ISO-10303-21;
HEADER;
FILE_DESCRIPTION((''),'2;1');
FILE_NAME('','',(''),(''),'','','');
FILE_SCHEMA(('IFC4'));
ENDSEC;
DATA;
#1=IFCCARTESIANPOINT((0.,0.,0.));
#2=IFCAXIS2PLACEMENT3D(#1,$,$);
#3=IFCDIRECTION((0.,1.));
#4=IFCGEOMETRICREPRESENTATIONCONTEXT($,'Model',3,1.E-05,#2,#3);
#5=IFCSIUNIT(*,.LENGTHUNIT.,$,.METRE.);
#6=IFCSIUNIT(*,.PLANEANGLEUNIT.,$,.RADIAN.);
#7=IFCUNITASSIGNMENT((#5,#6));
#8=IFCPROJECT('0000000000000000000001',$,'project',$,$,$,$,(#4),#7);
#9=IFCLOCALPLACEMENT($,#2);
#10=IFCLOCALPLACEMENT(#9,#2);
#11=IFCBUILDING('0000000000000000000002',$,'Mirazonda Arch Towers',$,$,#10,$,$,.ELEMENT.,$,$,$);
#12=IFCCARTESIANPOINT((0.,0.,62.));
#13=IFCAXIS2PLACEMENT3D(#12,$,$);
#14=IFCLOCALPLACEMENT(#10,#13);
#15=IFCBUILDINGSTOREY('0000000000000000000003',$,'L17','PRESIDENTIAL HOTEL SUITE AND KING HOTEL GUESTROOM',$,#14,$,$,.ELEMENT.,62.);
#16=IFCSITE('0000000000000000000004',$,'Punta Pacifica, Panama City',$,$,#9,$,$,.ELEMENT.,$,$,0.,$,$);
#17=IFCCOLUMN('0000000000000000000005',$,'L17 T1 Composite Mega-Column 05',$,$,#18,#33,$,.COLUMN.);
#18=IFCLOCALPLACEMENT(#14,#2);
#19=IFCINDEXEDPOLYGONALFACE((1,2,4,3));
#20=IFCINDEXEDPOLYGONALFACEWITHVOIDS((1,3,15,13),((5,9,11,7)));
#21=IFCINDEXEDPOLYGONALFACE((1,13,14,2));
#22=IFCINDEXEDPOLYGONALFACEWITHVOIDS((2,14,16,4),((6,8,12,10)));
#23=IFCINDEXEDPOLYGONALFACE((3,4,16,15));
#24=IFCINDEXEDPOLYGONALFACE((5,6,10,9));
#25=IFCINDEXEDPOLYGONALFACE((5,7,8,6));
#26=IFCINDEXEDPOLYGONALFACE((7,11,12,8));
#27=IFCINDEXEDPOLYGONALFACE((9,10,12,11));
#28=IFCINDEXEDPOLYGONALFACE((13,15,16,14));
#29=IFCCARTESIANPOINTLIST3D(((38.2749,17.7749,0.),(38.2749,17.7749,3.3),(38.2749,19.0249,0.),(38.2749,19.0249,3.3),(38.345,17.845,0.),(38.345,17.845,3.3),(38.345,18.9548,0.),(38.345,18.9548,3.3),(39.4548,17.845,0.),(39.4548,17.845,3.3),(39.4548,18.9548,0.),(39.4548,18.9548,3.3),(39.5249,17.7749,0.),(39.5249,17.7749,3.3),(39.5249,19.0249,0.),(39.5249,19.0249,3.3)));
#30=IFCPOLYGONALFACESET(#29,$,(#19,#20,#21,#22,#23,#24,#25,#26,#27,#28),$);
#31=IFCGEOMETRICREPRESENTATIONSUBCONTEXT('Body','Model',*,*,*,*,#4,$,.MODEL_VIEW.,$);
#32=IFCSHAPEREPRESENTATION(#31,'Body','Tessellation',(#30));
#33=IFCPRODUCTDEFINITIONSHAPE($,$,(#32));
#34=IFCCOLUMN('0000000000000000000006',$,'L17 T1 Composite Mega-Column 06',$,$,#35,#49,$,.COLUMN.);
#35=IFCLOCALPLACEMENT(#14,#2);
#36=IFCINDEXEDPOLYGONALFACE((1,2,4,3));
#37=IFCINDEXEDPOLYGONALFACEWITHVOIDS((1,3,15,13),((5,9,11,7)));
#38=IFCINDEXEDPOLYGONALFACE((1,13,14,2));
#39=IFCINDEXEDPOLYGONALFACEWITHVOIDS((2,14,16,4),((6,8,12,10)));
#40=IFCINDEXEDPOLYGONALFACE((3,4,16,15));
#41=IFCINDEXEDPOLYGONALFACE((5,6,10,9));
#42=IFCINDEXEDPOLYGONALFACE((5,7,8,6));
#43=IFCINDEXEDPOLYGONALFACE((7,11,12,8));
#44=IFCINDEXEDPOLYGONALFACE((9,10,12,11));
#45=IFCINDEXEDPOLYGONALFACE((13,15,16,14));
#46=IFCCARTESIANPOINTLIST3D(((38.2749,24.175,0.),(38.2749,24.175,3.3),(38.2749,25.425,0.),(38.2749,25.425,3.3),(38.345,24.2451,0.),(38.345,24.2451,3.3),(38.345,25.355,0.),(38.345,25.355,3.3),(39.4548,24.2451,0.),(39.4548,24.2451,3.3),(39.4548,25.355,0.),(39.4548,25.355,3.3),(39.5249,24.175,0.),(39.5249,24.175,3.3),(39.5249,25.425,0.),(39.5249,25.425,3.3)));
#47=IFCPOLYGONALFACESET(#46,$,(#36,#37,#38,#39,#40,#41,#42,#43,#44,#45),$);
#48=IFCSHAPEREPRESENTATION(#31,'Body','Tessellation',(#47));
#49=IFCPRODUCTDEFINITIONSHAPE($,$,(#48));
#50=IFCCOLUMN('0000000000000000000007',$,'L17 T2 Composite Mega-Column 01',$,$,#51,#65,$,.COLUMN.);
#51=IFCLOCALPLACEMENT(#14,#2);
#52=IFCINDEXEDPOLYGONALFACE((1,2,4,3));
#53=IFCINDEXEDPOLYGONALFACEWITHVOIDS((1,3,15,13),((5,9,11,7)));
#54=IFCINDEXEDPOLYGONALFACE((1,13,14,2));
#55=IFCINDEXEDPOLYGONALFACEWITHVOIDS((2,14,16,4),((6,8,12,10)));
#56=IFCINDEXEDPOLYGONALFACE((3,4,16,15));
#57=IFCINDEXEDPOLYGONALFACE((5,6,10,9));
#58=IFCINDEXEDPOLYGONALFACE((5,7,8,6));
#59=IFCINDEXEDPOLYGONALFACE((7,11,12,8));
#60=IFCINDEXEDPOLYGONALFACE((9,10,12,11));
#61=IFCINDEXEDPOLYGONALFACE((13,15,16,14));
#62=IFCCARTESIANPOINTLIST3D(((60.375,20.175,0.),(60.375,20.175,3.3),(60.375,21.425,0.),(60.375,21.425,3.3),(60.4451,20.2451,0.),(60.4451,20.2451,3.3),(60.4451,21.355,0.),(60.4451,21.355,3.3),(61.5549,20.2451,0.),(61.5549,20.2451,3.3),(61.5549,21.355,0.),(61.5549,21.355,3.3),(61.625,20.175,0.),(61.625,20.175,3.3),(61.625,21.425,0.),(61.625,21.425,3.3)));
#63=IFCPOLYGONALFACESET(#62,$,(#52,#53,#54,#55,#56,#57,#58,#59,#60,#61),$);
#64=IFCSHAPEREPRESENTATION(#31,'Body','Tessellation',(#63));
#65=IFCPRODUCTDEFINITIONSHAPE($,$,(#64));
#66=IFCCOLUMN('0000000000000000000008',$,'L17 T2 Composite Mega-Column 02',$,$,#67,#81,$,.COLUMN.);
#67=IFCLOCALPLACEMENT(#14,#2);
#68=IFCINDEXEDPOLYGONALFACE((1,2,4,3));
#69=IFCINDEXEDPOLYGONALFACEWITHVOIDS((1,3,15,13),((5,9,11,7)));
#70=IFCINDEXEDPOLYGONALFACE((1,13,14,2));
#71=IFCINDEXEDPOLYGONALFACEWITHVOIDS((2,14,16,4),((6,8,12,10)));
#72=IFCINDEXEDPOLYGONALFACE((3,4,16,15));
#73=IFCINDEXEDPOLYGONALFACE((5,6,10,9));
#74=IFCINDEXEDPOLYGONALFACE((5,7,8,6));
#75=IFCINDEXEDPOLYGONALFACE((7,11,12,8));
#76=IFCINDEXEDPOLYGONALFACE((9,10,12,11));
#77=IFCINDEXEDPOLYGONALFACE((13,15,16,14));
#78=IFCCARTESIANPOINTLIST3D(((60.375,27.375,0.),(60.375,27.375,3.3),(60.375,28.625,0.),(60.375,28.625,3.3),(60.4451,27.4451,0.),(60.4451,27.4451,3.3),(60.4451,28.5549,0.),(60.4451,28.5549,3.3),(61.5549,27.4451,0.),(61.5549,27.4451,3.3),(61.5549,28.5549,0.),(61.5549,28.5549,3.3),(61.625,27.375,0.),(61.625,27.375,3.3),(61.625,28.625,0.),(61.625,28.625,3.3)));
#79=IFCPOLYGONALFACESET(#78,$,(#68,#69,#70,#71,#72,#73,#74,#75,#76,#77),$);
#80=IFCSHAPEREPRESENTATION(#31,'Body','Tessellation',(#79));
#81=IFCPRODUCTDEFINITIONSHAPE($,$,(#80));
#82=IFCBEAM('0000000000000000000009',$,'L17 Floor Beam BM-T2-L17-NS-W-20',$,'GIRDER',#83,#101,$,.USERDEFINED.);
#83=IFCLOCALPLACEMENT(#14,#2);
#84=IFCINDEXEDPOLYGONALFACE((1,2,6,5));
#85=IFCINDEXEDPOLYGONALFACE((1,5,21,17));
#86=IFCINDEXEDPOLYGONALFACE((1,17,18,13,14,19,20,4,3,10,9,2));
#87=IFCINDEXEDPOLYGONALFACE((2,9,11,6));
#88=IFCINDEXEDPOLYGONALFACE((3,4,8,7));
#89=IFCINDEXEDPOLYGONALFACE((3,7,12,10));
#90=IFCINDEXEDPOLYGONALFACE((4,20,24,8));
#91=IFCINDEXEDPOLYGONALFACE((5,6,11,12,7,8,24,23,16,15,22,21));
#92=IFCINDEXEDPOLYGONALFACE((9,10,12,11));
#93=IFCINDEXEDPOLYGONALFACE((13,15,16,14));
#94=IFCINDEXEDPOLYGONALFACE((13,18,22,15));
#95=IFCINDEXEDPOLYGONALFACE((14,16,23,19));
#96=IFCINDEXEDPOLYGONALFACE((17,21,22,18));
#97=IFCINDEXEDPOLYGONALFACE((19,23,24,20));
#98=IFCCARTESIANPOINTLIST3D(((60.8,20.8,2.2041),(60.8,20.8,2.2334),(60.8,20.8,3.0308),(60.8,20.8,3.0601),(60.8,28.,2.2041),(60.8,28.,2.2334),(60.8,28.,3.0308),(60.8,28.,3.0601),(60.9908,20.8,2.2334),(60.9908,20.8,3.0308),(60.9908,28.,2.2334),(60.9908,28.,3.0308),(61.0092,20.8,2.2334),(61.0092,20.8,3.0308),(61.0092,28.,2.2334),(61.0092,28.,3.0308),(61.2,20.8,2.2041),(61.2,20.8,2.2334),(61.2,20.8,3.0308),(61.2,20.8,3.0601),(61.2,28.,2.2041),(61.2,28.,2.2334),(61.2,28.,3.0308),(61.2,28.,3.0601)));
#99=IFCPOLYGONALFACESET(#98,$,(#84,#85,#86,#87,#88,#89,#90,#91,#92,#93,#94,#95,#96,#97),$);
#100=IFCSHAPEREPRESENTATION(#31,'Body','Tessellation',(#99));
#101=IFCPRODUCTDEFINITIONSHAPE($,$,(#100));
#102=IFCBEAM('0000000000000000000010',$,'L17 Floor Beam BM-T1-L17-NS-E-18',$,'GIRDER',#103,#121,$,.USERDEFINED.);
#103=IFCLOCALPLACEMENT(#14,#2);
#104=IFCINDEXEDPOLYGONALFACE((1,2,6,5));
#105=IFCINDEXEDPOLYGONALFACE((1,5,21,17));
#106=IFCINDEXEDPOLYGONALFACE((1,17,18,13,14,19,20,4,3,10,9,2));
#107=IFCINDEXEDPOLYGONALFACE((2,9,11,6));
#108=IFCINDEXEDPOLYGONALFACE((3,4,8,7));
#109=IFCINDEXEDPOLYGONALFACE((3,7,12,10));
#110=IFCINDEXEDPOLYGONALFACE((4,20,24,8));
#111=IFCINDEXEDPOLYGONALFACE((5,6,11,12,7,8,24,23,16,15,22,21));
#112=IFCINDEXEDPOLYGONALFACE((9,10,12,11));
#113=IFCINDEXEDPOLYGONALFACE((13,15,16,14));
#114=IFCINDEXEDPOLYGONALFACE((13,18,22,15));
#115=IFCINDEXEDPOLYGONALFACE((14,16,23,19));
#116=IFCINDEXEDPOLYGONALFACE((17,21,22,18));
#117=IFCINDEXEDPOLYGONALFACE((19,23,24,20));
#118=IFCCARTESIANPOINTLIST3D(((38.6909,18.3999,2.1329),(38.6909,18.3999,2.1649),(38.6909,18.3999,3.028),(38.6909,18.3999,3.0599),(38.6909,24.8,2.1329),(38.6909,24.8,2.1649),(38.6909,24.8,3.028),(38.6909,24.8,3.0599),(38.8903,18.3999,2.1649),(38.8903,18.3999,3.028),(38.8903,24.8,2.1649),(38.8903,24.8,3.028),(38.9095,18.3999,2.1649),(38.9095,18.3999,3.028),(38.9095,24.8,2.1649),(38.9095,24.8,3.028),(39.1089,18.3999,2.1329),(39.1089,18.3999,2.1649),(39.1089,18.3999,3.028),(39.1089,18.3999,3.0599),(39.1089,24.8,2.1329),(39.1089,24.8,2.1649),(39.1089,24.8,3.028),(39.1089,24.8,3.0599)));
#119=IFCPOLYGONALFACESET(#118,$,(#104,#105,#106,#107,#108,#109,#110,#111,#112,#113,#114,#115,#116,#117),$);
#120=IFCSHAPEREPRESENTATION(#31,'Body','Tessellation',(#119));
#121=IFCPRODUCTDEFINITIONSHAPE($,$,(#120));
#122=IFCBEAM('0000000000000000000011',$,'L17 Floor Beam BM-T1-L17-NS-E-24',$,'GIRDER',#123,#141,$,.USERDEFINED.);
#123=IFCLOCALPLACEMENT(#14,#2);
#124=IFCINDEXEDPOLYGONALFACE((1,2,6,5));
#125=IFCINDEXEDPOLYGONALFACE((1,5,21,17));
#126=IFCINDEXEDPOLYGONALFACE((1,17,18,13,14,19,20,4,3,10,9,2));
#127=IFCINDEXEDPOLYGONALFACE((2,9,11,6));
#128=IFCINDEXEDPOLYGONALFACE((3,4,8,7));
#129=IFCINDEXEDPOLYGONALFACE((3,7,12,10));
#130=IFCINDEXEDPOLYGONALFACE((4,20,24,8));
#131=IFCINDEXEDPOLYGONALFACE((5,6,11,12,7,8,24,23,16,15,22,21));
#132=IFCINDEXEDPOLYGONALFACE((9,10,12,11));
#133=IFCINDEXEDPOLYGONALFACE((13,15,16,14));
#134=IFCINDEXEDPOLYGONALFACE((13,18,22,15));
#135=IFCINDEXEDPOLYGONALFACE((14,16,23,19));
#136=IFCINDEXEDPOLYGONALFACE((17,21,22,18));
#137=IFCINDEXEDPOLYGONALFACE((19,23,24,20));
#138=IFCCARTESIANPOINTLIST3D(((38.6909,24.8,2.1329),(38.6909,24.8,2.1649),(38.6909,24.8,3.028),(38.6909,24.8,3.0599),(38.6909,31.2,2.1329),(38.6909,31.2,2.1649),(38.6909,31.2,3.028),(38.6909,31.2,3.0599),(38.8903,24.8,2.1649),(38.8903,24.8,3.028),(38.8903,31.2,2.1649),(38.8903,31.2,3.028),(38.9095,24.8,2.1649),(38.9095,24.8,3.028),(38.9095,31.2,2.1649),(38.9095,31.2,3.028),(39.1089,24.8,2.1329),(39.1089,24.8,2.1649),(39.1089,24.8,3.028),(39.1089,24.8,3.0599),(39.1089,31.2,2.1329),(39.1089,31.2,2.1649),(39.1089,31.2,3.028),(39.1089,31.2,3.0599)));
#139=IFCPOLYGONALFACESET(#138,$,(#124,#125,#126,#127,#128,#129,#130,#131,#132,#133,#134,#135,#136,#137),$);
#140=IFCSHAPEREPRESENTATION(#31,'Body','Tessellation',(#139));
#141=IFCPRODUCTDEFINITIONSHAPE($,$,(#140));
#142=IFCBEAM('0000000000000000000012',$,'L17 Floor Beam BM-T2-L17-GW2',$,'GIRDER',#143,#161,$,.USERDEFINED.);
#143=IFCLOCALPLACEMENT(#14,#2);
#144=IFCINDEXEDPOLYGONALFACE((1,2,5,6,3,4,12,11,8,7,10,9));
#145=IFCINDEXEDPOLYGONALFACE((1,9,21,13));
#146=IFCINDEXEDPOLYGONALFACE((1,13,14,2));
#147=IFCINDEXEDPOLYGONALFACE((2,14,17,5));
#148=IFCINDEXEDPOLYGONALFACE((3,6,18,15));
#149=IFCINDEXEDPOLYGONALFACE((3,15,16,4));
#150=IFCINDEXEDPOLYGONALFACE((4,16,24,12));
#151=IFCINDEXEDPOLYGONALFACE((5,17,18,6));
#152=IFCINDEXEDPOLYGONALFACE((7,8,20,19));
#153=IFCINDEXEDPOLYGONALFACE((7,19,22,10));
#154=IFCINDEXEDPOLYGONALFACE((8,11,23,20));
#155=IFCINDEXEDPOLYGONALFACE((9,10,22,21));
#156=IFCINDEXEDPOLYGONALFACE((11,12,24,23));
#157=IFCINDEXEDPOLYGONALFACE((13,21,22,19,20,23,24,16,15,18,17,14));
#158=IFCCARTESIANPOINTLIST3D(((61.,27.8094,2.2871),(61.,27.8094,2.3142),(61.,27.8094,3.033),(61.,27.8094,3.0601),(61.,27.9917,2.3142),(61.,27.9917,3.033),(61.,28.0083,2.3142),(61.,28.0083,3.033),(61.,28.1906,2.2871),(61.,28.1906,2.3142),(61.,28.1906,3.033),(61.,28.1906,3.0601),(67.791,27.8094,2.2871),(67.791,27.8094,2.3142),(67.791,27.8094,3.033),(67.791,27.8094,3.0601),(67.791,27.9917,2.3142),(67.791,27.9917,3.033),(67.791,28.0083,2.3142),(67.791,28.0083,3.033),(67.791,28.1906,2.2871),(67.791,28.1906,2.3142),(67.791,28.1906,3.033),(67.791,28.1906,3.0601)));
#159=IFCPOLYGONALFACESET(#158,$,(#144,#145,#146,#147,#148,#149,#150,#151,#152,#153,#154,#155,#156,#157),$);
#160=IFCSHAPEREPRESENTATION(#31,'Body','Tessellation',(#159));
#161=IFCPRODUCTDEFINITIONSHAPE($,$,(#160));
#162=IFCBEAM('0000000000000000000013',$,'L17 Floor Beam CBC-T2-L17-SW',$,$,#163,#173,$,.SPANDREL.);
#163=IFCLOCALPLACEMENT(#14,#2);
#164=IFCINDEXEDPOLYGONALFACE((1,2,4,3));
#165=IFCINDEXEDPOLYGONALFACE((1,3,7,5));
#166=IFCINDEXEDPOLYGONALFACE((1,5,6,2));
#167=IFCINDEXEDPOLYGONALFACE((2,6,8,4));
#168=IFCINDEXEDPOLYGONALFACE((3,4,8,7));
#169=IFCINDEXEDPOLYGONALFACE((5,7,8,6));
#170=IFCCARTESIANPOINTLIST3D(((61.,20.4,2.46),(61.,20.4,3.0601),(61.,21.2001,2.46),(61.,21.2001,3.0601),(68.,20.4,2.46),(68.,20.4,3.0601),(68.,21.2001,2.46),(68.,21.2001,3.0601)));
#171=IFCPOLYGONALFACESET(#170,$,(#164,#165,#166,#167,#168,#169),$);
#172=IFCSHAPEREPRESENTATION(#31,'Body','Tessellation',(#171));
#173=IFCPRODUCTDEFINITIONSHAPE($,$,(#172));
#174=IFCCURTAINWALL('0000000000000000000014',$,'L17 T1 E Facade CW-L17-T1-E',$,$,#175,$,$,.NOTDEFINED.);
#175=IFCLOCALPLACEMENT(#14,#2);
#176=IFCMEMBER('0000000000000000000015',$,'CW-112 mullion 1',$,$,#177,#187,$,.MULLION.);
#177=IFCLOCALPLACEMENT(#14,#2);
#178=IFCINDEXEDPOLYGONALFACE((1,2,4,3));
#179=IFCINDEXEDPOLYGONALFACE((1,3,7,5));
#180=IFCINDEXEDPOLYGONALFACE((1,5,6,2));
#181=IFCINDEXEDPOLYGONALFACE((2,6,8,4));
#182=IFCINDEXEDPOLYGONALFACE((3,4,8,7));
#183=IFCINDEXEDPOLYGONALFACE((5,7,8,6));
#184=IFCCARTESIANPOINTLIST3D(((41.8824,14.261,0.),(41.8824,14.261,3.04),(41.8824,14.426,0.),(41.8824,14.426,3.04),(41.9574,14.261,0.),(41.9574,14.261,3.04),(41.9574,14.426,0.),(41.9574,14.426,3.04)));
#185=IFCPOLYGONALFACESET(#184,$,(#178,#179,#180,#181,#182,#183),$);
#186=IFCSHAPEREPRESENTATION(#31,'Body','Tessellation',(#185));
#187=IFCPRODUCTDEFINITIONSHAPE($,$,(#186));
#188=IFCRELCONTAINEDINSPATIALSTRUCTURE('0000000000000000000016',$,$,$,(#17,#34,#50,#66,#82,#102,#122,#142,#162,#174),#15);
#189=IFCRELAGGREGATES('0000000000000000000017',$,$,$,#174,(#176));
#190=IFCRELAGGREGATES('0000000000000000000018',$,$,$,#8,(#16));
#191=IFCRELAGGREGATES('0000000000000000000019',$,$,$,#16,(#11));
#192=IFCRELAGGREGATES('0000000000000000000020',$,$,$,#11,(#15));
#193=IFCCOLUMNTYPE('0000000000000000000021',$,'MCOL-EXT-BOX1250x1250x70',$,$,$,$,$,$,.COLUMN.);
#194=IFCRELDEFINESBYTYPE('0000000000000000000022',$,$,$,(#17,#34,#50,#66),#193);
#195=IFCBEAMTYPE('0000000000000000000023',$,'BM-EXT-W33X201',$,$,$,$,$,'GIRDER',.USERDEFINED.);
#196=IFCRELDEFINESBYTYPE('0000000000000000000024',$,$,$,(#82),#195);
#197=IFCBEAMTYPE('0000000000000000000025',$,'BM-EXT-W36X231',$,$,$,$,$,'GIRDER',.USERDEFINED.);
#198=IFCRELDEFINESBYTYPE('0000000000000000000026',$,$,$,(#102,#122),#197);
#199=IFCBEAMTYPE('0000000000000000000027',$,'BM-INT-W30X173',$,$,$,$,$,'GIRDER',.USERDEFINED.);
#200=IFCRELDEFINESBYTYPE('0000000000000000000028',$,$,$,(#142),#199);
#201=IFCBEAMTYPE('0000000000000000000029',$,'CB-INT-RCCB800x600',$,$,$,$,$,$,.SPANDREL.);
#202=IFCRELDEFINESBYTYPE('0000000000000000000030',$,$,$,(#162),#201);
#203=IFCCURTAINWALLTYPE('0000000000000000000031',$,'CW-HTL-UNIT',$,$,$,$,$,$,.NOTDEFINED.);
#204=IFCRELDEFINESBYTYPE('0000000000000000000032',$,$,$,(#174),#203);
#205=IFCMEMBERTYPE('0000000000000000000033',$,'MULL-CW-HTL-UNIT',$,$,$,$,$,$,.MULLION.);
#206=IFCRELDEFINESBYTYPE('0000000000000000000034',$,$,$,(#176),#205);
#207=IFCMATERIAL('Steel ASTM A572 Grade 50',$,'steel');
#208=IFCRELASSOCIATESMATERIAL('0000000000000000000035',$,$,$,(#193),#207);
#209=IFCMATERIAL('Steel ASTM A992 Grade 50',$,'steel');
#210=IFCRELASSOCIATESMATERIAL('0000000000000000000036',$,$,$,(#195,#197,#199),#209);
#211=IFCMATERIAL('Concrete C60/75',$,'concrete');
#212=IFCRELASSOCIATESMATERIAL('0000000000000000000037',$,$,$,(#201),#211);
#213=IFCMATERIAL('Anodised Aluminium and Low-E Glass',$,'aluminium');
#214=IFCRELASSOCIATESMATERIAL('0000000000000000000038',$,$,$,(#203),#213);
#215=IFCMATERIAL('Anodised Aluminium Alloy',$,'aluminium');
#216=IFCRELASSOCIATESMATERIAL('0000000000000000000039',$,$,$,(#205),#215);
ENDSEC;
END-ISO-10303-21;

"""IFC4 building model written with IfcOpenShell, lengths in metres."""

from ifc_helpers import new_model, si_unit, direction, frame, origin, origin_2d, place, context, subcontext, project, spatial, rectangle, hollow_rectangle, i_section, extrude, material, material_profile, profile_set, type_object, element, aggregate, save


model = new_model("IFC4")

# Units and contexts
model_context = context("Model", 3, precision=1e-05, world=origin(), true_north=direction((0.0, 1.0)))
body_context = subcontext(model_context, "Body", "Model", "MODEL_VIEW")
ifc_project = project(units=[si_unit("LENGTHUNIT", "METRE"), si_unit("PLANEANGLEUNIT", "RADIAN")], contexts=[model_context])

# Site, building, storey
site_placement = place(None, origin())
site = spatial("IfcSite", under=ifc_project, at=site_placement, Name="Punta Pacifica, Panama City", CompositionType="ELEMENT", RefElevation=0.0)
building_placement = place(site_placement, origin())
building = spatial("IfcBuilding", under=site, at=building_placement, Name="Mirazonda Arch Towers", CompositionType="ELEMENT")
storey_placement = place(building_placement, frame((0.0, 0.0, 62.0)))
storey = spatial("IfcBuildingStorey", under=building, at=storey_placement, Name="L17", Description="PRESIDENTIAL HOTEL SUITE AND KING HOTEL GUESTROOM", CompositionType="ELEMENT", Elevation=62.0)

# Columns
ifc_material_1 = material(Name="Steel ASTM A572 Grade 50", Category="steel")
ifc_material_profile_1 = material_profile(ifc_material_1, hollow_rectangle(XDim=1.25, YDim=1.25, WallThickness=0.0701, at=origin_2d()), Name="BOX1250x1250x70")
ifc_profile_set_1 = profile_set([ifc_material_profile_1], Name="Steel ASTM A572 Grade 50")
column_type = type_object("IfcColumnType", Name="MCOL-EXT-BOX1250x1250x70", PredefinedType="COLUMN", material=ifc_profile_set_1)
for number, where, z_axis, x_axis, name in (
    (1, (38.8999, 18.3999, 0.0), (0.0, 0.0, 1.0), (1.0, 0.0, 0.0), "L17 T1 Composite Mega-Column 05"),
    (2, (38.8999, 24.8, 0.0), (0.0, 0.0, 1.0), (1.0, 0.0, 0.0), "L17 T1 Composite Mega-Column 06"),
    (3, (61.0, 20.8, 0.0), (0.0, 0.0, 1.0), (1.0, 0.0, 0.0), "L17 T2 Composite Mega-Column 01"),
    (4, (61.0, 28.0, 0.0), (0.0, 0.0, 1.0), (1.0, 0.0, 0.0), "L17 T2 Composite Mega-Column 02"),
):
    element("IfcColumn", number, at=place(storey_placement, frame(where, z_axis=z_axis, x_axis=x_axis)), inside=storey, type_object=column_type, Name=name, PredefinedType="COLUMN", context=body_context, shape_type="SweptSolid", body=[
        extrude(hollow_rectangle(XDim=1.25, YDim=1.25, WallThickness=0.0701, at=origin_2d()), origin(), (0.0, 0.0, 1.0), 3.3),
    ])

# Beams
ifc_material_2 = material(Name="Steel ASTM A992 Grade 50", Category="steel")
ifc_material_profile_2 = material_profile(ifc_material_2, i_section(OverallWidth=0.3999, OverallDepth=0.856, WebThickness=0.0183, FlangeThickness=0.0293, at=origin_2d()), Name="W33X201")
ifc_profile_set_2 = profile_set([ifc_material_profile_2], Name="Steel ASTM A992 Grade 50")
beam_type_1 = type_object("IfcBeamType", Name="BM-EXT-W33X201", ElementType="GIRDER", PredefinedType="USERDEFINED", material=ifc_profile_set_2)
beam_1_placement = place(storey_placement, frame((61.0, 20.8, 2.6321), z_axis=(0.0, 1.0, 0.0), x_axis=(-1.0, 0.0, 0.0)))
element("IfcBeam", 5, at=beam_1_placement, inside=storey, type_object=beam_type_1, Name="L17 Floor Beam BM-T2-L17-NS-W-20", ObjectType="GIRDER", PredefinedType="USERDEFINED", context=body_context, shape_type="SweptSolid", body=[
    extrude(i_section(OverallWidth=0.3999, OverallDepth=0.856, WebThickness=0.0183, FlangeThickness=0.0293, at=origin_2d()), origin(), (0.0, 0.0, 1.0), 7.2),
])
ifc_material_profile_3 = material_profile(ifc_material_2, i_section(OverallWidth=0.418, OverallDepth=0.927, WebThickness=0.0193, FlangeThickness=0.032, at=origin_2d()), Name="W36X231")
ifc_profile_set_3 = profile_set([ifc_material_profile_3], Name="Steel ASTM A992 Grade 50")
beam_type_2 = type_object("IfcBeamType", Name="BM-EXT-W36X231", ElementType="GIRDER", PredefinedType="USERDEFINED", material=ifc_profile_set_3)
beam_2_placement = place(storey_placement, frame((38.8999, 18.3999, 2.5964), z_axis=(0.0, 1.0, 0.0), x_axis=(-1.0, 0.0, 0.0)))
element("IfcBeam", 6, at=beam_2_placement, inside=storey, type_object=beam_type_2, Name="L17 Floor Beam BM-T1-L17-NS-E-18", ObjectType="GIRDER", PredefinedType="USERDEFINED", context=body_context, shape_type="SweptSolid", body=[
    extrude(i_section(OverallWidth=0.418, OverallDepth=0.927, WebThickness=0.0193, FlangeThickness=0.032, at=origin_2d()), origin(), (0.0, 0.0, 1.0), 6.4001),
])
beam_3_placement = place(storey_placement, frame((38.8999, 24.8, 2.5964), z_axis=(0.0, 1.0, 0.0), x_axis=(-1.0, 0.0, 0.0)))
element("IfcBeam", 7, at=beam_3_placement, inside=storey, type_object=beam_type_2, Name="L17 Floor Beam BM-T1-L17-NS-E-24", ObjectType="GIRDER", PredefinedType="USERDEFINED", context=body_context, shape_type="SweptSolid", body=[
    extrude(i_section(OverallWidth=0.418, OverallDepth=0.927, WebThickness=0.0193, FlangeThickness=0.032, at=origin_2d()), origin(), (0.0, 0.0, 1.0), 6.3999),
])
ifc_material_profile_4 = material_profile(ifc_material_2, i_section(OverallWidth=0.3811, OverallDepth=0.7729, WebThickness=0.0166, FlangeThickness=0.0271, at=origin_2d()), Name="W30X173")
ifc_profile_set_4 = profile_set([ifc_material_profile_4], Name="Steel ASTM A992 Grade 50")
beam_type_3 = type_object("IfcBeamType", Name="BM-INT-W30X173", ElementType="GIRDER", PredefinedType="USERDEFINED", material=ifc_profile_set_4)
beam_4_placement = place(storey_placement, frame((61.0, 28.0, 2.6736), z_axis=(1.0, 0.0, 0.0), x_axis=(0.0, 1.0, 0.0)))
element("IfcBeam", 8, at=beam_4_placement, inside=storey, type_object=beam_type_3, Name="L17 Floor Beam BM-T2-L17-GW2", ObjectType="GIRDER", PredefinedType="USERDEFINED", context=body_context, shape_type="SweptSolid", body=[
    extrude(i_section(OverallWidth=0.3811, OverallDepth=0.7729, WebThickness=0.0166, FlangeThickness=0.0271, at=origin_2d()), origin(), (0.0, 0.0, 1.0), 6.791),
])
ifc_material_3 = material(Name="Concrete C60/75", Category="concrete")
ifc_material_profile_5 = material_profile(ifc_material_3, rectangle(XDim=0.8, YDim=0.6001, at=origin_2d()), Name="RCCB800x600")
ifc_profile_set_5 = profile_set([ifc_material_profile_5], Name="Concrete C60/75")
beam_type_4 = type_object("IfcBeamType", Name="CB-INT-RCCB800x600", PredefinedType="SPANDREL", material=ifc_profile_set_5)
beam_5_placement = place(storey_placement, frame((61.0, 20.8, 2.76), z_axis=(1.0, 0.0, 0.0), x_axis=(0.0, 1.0, 0.0)))
element("IfcBeam", 9, at=beam_5_placement, inside=storey, type_object=beam_type_4, Name="L17 Floor Beam CBC-T2-L17-SW", PredefinedType="SPANDREL", context=body_context, shape_type="SweptSolid", body=[
    extrude(rectangle(XDim=0.8, YDim=0.6001, at=origin_2d()), origin(), (0.0, 0.0, 1.0), 7.0),
])

# Curtain wall, member
ifc_material_4 = material(Name="Anodised Aluminium and Low-E Glass", Category="aluminium")
curtain_wall_type = type_object("IfcCurtainWallType", Name="CW-HTL-UNIT", PredefinedType="NOTDEFINED", material=ifc_material_4)
curtain_wall_1_placement = place(storey_placement, origin())
curtain_wall_1 = element("IfcCurtainWall", 10, at=curtain_wall_1_placement, inside=storey, type_object=curtain_wall_type, Name="L17 T1 E Facade CW-L17-T1-E", PredefinedType="NOTDEFINED")
ifc_material_5 = material(Name="Anodised Aluminium Alloy", Category="aluminium")
ifc_material_profile_6 = material_profile(ifc_material_5, rectangle(XDim=0.075, YDim=0.165, at=origin_2d()), Name="ALU-MULL-75x165")
ifc_profile_set_6 = profile_set([ifc_material_profile_6], Name="Anodised Aluminium Alloy")
member_type_1 = type_object("IfcMemberType", Name="MULL-CW-HTL-UNIT", PredefinedType="MULLION", material=ifc_profile_set_6)
member_1_placement = place(storey_placement, frame((41.9199, 14.3435, 0.0), z_axis=(0.0, 0.0, 1.0), x_axis=(-1.0, 0.0, 0.0)))
member_1 = element("IfcMember", 11, at=member_1_placement, type_object=member_type_1, Name="CW-112 mullion 1", PredefinedType="MULLION", context=body_context, shape_type="SweptSolid", body=[
    extrude(rectangle(XDim=0.075, YDim=0.165, at=origin_2d()), origin(), (0.0, 0.0, 1.0), 3.04),
])

aggregate(curtain_wall_1, [member_1])

save(model, "model.ifc")
